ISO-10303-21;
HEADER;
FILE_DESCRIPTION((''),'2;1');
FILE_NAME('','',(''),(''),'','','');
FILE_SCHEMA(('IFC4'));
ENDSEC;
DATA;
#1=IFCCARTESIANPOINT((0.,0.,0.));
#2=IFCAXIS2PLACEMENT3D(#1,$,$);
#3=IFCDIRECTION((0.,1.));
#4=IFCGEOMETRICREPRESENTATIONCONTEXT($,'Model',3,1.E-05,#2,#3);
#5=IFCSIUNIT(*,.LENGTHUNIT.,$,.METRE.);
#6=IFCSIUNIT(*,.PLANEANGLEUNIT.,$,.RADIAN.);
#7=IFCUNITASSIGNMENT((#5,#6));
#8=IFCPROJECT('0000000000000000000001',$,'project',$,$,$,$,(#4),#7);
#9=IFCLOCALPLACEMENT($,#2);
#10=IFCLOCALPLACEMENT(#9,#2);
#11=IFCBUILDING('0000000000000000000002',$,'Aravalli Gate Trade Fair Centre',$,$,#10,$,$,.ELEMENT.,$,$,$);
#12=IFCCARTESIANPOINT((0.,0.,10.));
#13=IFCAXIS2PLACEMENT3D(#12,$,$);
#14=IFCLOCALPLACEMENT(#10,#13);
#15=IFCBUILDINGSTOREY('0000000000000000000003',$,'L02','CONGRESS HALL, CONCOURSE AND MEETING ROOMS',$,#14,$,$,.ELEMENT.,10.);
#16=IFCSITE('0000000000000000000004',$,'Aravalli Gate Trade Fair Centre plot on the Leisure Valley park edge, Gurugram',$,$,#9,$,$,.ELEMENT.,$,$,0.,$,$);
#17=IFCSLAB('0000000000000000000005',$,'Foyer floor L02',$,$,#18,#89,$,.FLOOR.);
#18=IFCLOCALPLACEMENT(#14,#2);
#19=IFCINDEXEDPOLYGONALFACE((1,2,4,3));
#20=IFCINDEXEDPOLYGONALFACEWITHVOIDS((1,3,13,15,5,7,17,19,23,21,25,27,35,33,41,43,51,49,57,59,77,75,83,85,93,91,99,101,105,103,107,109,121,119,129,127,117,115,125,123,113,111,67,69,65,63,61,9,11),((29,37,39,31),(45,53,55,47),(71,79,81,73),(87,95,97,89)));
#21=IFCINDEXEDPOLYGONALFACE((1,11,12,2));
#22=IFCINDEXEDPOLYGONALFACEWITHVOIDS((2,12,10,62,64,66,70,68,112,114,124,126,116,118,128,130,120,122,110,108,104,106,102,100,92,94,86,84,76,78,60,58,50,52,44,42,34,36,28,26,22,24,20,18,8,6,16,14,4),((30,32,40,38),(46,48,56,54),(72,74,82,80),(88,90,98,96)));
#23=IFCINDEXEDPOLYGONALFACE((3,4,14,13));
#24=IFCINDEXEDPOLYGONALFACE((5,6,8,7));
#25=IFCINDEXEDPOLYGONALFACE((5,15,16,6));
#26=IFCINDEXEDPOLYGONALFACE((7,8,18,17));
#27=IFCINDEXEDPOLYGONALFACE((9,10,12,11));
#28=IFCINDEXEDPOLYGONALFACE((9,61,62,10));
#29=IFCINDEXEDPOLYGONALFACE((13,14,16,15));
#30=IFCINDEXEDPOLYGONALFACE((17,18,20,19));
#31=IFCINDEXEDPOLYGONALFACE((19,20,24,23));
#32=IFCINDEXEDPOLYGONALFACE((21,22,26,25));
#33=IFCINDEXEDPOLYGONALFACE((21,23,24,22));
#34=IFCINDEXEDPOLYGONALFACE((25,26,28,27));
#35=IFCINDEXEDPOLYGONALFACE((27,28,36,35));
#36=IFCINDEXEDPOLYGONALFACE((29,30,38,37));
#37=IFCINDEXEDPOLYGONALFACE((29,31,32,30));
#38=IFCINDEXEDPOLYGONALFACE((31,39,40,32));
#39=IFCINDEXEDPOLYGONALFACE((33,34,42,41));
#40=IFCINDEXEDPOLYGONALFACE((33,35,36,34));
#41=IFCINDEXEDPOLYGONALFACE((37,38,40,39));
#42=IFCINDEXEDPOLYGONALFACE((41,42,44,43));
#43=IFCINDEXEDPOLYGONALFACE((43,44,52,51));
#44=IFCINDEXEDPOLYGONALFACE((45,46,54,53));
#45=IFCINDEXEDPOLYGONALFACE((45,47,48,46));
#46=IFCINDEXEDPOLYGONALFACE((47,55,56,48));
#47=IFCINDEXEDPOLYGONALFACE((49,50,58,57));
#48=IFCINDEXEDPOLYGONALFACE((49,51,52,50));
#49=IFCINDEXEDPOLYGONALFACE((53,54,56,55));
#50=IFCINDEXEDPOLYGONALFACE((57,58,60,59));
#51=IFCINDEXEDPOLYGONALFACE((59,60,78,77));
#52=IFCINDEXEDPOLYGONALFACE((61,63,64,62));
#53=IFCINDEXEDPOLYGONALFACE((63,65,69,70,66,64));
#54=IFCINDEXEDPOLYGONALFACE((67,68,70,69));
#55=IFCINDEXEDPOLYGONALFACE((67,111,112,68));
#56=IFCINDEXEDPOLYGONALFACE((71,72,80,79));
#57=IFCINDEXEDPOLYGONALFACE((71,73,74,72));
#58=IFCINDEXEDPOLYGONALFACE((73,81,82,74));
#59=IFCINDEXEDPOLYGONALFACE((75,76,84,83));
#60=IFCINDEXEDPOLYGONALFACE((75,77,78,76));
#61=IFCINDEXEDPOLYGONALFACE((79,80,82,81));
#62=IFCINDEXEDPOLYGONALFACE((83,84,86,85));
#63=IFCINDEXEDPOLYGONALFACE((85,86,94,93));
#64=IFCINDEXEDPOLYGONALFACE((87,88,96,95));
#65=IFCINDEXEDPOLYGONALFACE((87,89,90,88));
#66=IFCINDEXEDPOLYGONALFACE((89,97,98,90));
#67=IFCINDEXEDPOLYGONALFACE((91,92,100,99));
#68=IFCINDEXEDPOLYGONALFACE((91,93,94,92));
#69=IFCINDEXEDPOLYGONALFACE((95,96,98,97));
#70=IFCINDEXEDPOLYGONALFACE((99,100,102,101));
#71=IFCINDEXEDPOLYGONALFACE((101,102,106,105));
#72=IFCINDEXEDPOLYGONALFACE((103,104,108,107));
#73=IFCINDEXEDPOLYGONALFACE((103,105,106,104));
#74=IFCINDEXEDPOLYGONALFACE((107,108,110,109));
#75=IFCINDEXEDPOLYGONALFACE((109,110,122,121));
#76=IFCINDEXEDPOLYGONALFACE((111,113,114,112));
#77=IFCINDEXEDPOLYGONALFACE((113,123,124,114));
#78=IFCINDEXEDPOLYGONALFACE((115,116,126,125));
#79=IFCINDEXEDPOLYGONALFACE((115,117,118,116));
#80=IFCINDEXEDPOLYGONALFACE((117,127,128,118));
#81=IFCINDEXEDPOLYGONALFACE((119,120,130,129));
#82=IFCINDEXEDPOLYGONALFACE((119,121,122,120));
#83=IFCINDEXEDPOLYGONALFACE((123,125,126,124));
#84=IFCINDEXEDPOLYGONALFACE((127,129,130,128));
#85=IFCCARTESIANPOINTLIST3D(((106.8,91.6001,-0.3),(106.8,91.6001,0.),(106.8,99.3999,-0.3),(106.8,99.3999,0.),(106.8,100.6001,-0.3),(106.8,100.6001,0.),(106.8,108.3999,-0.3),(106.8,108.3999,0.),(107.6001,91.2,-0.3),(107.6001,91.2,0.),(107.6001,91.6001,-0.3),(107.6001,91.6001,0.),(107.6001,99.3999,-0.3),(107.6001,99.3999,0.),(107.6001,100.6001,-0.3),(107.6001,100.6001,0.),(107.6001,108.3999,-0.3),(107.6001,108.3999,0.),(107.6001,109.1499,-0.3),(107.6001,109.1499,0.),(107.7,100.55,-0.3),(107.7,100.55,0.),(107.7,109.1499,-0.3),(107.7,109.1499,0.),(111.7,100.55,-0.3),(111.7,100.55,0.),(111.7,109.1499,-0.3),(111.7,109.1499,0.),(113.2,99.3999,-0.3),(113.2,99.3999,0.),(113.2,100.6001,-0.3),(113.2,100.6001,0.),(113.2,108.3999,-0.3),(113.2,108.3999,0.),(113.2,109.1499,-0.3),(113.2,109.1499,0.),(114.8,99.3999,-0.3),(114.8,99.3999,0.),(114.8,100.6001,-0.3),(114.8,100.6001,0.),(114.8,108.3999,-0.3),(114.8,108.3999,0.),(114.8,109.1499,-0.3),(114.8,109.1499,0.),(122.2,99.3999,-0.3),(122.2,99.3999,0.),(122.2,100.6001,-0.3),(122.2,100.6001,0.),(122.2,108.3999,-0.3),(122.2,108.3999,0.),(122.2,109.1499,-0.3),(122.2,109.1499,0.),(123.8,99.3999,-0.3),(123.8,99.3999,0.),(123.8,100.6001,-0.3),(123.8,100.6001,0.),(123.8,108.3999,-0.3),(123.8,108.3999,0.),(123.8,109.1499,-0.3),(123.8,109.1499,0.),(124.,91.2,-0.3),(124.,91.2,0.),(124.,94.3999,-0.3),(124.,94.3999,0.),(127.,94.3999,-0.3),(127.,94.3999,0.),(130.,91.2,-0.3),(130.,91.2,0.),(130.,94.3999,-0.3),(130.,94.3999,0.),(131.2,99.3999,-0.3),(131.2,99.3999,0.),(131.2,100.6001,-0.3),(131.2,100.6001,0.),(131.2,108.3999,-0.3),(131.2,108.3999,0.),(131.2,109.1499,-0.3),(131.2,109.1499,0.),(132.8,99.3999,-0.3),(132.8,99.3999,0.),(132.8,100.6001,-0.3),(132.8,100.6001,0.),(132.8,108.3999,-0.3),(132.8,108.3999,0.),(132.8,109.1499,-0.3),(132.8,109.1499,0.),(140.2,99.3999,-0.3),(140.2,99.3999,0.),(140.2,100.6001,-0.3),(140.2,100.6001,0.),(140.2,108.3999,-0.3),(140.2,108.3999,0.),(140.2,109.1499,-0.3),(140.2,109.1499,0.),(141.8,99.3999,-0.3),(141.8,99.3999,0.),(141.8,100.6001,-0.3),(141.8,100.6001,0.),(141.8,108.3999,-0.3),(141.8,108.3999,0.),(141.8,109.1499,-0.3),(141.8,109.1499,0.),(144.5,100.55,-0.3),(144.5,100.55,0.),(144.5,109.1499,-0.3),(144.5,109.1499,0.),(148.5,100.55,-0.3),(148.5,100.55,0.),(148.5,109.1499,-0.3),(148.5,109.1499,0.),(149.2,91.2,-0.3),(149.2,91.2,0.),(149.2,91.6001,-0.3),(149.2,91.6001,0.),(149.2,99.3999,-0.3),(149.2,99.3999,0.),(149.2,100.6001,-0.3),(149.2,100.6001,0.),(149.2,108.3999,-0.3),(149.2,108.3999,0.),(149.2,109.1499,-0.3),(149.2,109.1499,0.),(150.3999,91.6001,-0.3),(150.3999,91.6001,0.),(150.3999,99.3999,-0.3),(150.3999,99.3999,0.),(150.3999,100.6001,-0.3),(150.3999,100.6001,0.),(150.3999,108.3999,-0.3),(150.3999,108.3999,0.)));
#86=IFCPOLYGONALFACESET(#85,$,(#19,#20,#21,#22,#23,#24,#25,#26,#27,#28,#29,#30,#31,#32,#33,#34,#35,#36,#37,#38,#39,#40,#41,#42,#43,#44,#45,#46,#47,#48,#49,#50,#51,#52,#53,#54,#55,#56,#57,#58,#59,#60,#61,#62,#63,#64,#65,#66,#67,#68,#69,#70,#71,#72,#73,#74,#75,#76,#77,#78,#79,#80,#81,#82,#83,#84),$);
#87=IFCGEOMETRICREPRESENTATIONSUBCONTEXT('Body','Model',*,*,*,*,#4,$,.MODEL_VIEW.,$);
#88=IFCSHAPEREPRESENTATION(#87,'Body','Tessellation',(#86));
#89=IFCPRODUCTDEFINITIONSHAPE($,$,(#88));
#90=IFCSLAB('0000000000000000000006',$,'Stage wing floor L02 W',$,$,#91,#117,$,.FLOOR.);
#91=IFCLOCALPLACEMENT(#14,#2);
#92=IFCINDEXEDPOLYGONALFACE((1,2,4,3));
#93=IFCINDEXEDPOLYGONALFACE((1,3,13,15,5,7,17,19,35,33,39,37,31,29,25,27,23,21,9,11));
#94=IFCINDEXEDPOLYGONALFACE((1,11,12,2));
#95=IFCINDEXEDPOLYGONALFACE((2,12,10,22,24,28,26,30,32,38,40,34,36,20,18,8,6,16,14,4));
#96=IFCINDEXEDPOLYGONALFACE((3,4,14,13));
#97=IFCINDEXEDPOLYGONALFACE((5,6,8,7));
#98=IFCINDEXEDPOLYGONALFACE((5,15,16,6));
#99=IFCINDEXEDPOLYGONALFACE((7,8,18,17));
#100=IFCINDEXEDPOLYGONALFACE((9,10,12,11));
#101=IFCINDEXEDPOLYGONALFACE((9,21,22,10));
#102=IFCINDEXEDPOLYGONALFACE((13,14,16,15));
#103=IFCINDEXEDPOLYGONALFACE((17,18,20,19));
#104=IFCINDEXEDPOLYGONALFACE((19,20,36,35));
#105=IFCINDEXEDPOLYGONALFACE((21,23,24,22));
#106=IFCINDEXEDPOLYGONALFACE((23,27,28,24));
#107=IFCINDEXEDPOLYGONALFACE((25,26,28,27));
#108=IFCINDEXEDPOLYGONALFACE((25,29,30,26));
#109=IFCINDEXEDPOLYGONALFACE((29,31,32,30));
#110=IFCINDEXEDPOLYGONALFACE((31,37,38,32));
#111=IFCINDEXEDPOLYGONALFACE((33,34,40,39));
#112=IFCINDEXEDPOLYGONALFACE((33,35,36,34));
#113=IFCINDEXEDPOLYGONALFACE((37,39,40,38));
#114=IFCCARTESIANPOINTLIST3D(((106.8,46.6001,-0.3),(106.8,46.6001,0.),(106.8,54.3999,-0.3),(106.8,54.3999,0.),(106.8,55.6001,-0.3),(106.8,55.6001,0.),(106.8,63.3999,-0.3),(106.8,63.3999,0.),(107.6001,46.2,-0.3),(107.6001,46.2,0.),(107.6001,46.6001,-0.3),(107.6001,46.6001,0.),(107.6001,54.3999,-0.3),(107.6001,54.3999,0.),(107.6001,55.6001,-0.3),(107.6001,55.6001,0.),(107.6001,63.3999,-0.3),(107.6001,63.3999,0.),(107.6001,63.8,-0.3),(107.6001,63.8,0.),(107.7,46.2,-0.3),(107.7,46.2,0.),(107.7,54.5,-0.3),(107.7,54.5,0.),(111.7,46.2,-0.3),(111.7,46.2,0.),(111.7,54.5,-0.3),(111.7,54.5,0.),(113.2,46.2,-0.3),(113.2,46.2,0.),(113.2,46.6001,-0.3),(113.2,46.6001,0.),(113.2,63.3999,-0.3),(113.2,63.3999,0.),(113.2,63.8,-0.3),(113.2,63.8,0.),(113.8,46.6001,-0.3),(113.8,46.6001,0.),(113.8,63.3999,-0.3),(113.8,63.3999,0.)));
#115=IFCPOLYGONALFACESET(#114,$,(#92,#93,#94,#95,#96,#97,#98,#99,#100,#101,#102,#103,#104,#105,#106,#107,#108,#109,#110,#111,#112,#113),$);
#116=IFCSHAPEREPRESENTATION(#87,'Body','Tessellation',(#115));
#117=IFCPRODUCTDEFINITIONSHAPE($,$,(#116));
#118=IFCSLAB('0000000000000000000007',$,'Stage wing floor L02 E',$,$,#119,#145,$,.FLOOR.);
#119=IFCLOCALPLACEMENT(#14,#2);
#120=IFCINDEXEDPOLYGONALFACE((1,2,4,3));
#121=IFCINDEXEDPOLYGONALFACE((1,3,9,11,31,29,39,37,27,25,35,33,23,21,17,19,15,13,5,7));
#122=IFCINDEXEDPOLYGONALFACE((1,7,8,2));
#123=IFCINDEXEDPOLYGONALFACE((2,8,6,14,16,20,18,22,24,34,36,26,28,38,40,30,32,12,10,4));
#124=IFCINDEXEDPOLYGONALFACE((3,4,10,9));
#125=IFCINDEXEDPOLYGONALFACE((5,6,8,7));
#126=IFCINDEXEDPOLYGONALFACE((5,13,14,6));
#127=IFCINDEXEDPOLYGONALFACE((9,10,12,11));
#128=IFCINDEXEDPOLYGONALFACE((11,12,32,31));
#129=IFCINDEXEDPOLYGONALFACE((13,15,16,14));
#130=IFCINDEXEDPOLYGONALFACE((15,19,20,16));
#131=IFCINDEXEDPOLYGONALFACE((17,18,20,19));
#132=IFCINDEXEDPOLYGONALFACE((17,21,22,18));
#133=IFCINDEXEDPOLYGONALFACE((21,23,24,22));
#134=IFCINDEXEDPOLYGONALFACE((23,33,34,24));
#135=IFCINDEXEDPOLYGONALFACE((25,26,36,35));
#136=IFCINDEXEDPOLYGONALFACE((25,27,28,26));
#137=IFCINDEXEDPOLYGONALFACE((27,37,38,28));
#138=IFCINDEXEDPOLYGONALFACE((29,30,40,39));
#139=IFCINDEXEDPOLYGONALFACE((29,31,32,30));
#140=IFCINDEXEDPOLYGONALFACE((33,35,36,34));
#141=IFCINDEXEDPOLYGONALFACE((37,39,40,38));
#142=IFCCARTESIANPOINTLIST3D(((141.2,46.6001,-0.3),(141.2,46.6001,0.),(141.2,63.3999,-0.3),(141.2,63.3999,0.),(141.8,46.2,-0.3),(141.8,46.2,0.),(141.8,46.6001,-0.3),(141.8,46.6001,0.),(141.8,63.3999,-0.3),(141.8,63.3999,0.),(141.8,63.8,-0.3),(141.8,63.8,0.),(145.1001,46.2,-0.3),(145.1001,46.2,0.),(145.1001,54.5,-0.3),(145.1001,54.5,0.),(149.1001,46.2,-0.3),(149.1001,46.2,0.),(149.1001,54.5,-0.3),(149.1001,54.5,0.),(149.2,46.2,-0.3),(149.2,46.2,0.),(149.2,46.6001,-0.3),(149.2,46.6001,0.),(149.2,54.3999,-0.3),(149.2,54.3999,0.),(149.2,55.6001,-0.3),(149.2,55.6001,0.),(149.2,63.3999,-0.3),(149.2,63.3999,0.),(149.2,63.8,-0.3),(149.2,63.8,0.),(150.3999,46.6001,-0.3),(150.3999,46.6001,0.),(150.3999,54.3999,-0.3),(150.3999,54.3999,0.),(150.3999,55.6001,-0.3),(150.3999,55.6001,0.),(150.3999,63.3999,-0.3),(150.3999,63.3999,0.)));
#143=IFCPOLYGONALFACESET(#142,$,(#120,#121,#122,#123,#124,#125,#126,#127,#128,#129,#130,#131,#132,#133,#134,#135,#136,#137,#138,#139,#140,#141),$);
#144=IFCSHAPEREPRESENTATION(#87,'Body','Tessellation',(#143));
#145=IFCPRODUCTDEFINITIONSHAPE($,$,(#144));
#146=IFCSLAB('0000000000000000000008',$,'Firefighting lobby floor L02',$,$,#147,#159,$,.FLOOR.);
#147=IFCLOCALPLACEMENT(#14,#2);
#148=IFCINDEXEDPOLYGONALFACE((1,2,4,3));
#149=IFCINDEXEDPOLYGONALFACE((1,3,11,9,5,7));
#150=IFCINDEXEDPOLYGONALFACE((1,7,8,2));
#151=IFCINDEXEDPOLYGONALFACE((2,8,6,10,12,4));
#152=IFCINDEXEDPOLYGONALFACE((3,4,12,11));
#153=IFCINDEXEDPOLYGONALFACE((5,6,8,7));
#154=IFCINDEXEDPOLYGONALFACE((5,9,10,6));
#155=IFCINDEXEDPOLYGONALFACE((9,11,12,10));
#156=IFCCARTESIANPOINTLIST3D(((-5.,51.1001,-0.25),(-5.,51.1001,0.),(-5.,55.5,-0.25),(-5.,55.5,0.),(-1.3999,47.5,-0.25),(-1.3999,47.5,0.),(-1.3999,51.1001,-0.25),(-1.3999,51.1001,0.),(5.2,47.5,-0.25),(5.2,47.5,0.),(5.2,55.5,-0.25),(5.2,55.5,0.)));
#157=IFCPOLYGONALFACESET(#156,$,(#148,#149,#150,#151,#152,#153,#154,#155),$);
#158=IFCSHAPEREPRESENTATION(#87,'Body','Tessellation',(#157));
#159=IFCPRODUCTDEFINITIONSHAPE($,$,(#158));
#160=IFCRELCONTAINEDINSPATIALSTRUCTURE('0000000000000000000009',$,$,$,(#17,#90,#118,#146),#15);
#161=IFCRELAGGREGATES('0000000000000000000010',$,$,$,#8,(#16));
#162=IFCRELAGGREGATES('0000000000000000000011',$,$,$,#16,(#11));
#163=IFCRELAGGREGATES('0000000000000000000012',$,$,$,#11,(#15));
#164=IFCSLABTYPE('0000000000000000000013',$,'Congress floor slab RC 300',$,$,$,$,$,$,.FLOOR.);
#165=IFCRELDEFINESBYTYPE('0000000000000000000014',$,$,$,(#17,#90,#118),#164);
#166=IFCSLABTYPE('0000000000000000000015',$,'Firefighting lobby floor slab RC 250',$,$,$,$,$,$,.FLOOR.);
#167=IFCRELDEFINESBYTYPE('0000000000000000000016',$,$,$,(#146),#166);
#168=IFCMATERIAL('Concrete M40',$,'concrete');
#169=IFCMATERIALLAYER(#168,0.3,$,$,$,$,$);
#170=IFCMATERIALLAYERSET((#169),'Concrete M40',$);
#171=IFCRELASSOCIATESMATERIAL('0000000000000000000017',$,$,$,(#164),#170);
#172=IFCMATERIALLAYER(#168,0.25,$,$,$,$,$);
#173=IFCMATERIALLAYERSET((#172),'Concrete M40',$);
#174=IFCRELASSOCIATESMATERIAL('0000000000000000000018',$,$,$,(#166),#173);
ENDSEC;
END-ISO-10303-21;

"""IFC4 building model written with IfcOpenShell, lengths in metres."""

from ifc_helpers import new_model, si_unit, direction, frame, origin, place, context, subcontext, project, spatial, polyline, outline, extrude, material, layer, layer_set, type_object, element, save


model = new_model("IFC4")

# Units and contexts
model_context = context("Model", 3, precision=1e-05, world=origin(), true_north=direction((0.0, 1.0)))
body_context = subcontext(model_context, "Body", "Model", "MODEL_VIEW")
ifc_project = project(units=[si_unit("LENGTHUNIT", "METRE"), si_unit("PLANEANGLEUNIT", "RADIAN")], contexts=[model_context])

# Site, building, storey
site_placement = place(None, origin())
site = spatial("IfcSite", under=ifc_project, at=site_placement, Name="Aravalli Gate Trade Fair Centre plot on the Leisure Valley park edge, Gurugram", CompositionType="ELEMENT", RefElevation=0.0)
building_placement = place(site_placement, origin())
building = spatial("IfcBuilding", under=site, at=building_placement, Name="Aravalli Gate Trade Fair Centre", CompositionType="ELEMENT")
storey_placement = place(building_placement, frame((0.0, 0.0, 10.0)))
storey = spatial("IfcBuildingStorey", under=building, at=storey_placement, Name="L02", Description="CONGRESS HALL, CONCOURSE AND MEETING ROOMS", CompositionType="ELEMENT", Elevation=10.0)

# Slabs
ifc_material_1 = material(Name="Concrete M40", Category="concrete")
ifc_layer_1 = layer(ifc_material_1, 0.3)
ifc_layer_set_1 = layer_set([ifc_layer_1], Name="Concrete M40")
slab_type_1 = type_object("IfcSlabType", Name="Congress floor slab RC 300", PredefinedType="FLOOR", material=ifc_layer_set_1)
slab_1_placement = place(storey_placement, frame((0.0, 0.0, -0.3)))
element("IfcSlab", 1, at=slab_1_placement, inside=storey, type_object=slab_type_1, Name="Foyer floor L02", PredefinedType="FLOOR", context=body_context, shape_type="SweptSolid", body=[
    extrude(outline(polyline([(149.2, 91.6001), (149.2, 91.2), (130.0, 91.2), (130.0, 94.3999), (127.0, 94.3999), (124.0, 94.3999), (124.0, 91.2), (107.6001, 91.2), (107.6001, 91.6001), (106.8, 91.6001), (106.8, 99.3999), (107.6001, 99.3999), (107.6001, 100.6001), (106.8, 100.6001), (106.8, 108.3999), (107.6001, 108.3999), (107.6001, 109.1499), (107.7, 109.1499), (107.7, 100.55), (111.7, 100.55), (111.7, 109.1499), (113.2, 109.1499), (113.2, 108.3999), (114.8, 108.3999), (114.8, 109.1499), (122.2, 109.1499), (122.2, 108.3999), (123.8, 108.3999), (123.8, 109.1499), (131.2, 109.1499), (131.2, 108.3999), (132.8, 108.3999), (132.8, 109.1499), (140.2, 109.1499), (140.2, 108.3999), (141.8, 108.3999), (141.8, 109.1499), (144.5, 109.1499), (144.5, 100.55), (148.5, 100.55), (148.5, 109.1499), (149.2, 109.1499), (149.2, 108.3999), (150.3999, 108.3999), (150.3999, 100.6001), (149.2, 100.6001), (149.2, 99.3999), (150.3999, 99.3999), (150.3999, 91.6001), (149.2, 91.6001)]), holes=[polyline([(123.8, 100.6001), (122.2, 100.6001), (122.2, 99.3999), (123.8, 99.3999), (123.8, 100.6001)]), polyline([(114.8, 100.6001), (113.2, 100.6001), (113.2, 99.3999), (114.8, 99.3999), (114.8, 100.6001)]), polyline([(141.8, 100.6001), (140.2, 100.6001), (140.2, 99.3999), (141.8, 99.3999), (141.8, 100.6001)]), polyline([(132.8, 100.6001), (131.2, 100.6001), (131.2, 99.3999), (132.8, 99.3999), (132.8, 100.6001)])]), origin(), (0.0, 0.0, 1.0), 0.3),
])
slab_2_placement = place(storey_placement, frame((0.0, 0.0, -0.3)))
element("IfcSlab", 2, at=slab_2_placement, inside=storey, type_object=slab_type_1, Name="Stage wing floor L02 W", PredefinedType="FLOOR", context=body_context, shape_type="SweptSolid", body=[
    extrude(outline(polyline([(113.2, 46.6001), (113.2, 46.2), (111.7, 46.2), (111.7, 54.5), (107.7, 54.5), (107.7, 46.2), (107.6001, 46.2), (107.6001, 46.6001), (106.8, 46.6001), (106.8, 54.3999), (107.6001, 54.3999), (107.6001, 55.6001), (106.8, 55.6001), (106.8, 63.3999), (107.6001, 63.3999), (107.6001, 63.8), (113.2, 63.8), (113.2, 63.3999), (113.8, 63.3999), (113.8, 46.6001), (113.2, 46.6001)])), origin(), (0.0, 0.0, 1.0), 0.3),
])
slab_3_placement = place(storey_placement, frame((0.0, 0.0, -0.3)))
element("IfcSlab", 3, at=slab_3_placement, inside=storey, type_object=slab_type_1, Name="Stage wing floor L02 E", PredefinedType="FLOOR", context=body_context, shape_type="SweptSolid", body=[
    extrude(outline(polyline([(149.2, 46.6001), (149.2, 46.2), (149.1001, 46.2), (149.1001, 54.5), (145.1001, 54.5), (145.1001, 46.2), (141.8, 46.2), (141.8, 46.6001), (141.2, 46.6001), (141.2, 63.3999), (141.8, 63.3999), (141.8, 63.8), (149.2, 63.8), (149.2, 63.3999), (150.3999, 63.3999), (150.3999, 55.6001), (149.2, 55.6001), (149.2, 54.3999), (150.3999, 54.3999), (150.3999, 46.6001), (149.2, 46.6001)])), origin(), (0.0, 0.0, 1.0), 0.3),
])
ifc_layer_2 = layer(ifc_material_1, 0.25)
ifc_layer_set_2 = layer_set([ifc_layer_2], Name="Concrete M40")
slab_type_2 = type_object("IfcSlabType", Name="Firefighting lobby floor slab RC 250", PredefinedType="FLOOR", material=ifc_layer_set_2)
slab_4_placement = place(storey_placement, frame((0.0, 0.0, -0.25)))
element("IfcSlab", 4, at=slab_4_placement, inside=storey, type_object=slab_type_2, Name="Firefighting lobby floor L02", PredefinedType="FLOOR", context=body_context, shape_type="SweptSolid", body=[
    extrude(outline(polyline([(-5.0, 55.5), (5.2, 55.5), (5.2, 47.5), (-1.3999, 47.5), (-1.3999, 51.1001), (-5.0, 51.1001), (-5.0, 55.5)])), origin(), (0.0, 0.0, 1.0), 0.25),
])

save(model, "model.ifc")
